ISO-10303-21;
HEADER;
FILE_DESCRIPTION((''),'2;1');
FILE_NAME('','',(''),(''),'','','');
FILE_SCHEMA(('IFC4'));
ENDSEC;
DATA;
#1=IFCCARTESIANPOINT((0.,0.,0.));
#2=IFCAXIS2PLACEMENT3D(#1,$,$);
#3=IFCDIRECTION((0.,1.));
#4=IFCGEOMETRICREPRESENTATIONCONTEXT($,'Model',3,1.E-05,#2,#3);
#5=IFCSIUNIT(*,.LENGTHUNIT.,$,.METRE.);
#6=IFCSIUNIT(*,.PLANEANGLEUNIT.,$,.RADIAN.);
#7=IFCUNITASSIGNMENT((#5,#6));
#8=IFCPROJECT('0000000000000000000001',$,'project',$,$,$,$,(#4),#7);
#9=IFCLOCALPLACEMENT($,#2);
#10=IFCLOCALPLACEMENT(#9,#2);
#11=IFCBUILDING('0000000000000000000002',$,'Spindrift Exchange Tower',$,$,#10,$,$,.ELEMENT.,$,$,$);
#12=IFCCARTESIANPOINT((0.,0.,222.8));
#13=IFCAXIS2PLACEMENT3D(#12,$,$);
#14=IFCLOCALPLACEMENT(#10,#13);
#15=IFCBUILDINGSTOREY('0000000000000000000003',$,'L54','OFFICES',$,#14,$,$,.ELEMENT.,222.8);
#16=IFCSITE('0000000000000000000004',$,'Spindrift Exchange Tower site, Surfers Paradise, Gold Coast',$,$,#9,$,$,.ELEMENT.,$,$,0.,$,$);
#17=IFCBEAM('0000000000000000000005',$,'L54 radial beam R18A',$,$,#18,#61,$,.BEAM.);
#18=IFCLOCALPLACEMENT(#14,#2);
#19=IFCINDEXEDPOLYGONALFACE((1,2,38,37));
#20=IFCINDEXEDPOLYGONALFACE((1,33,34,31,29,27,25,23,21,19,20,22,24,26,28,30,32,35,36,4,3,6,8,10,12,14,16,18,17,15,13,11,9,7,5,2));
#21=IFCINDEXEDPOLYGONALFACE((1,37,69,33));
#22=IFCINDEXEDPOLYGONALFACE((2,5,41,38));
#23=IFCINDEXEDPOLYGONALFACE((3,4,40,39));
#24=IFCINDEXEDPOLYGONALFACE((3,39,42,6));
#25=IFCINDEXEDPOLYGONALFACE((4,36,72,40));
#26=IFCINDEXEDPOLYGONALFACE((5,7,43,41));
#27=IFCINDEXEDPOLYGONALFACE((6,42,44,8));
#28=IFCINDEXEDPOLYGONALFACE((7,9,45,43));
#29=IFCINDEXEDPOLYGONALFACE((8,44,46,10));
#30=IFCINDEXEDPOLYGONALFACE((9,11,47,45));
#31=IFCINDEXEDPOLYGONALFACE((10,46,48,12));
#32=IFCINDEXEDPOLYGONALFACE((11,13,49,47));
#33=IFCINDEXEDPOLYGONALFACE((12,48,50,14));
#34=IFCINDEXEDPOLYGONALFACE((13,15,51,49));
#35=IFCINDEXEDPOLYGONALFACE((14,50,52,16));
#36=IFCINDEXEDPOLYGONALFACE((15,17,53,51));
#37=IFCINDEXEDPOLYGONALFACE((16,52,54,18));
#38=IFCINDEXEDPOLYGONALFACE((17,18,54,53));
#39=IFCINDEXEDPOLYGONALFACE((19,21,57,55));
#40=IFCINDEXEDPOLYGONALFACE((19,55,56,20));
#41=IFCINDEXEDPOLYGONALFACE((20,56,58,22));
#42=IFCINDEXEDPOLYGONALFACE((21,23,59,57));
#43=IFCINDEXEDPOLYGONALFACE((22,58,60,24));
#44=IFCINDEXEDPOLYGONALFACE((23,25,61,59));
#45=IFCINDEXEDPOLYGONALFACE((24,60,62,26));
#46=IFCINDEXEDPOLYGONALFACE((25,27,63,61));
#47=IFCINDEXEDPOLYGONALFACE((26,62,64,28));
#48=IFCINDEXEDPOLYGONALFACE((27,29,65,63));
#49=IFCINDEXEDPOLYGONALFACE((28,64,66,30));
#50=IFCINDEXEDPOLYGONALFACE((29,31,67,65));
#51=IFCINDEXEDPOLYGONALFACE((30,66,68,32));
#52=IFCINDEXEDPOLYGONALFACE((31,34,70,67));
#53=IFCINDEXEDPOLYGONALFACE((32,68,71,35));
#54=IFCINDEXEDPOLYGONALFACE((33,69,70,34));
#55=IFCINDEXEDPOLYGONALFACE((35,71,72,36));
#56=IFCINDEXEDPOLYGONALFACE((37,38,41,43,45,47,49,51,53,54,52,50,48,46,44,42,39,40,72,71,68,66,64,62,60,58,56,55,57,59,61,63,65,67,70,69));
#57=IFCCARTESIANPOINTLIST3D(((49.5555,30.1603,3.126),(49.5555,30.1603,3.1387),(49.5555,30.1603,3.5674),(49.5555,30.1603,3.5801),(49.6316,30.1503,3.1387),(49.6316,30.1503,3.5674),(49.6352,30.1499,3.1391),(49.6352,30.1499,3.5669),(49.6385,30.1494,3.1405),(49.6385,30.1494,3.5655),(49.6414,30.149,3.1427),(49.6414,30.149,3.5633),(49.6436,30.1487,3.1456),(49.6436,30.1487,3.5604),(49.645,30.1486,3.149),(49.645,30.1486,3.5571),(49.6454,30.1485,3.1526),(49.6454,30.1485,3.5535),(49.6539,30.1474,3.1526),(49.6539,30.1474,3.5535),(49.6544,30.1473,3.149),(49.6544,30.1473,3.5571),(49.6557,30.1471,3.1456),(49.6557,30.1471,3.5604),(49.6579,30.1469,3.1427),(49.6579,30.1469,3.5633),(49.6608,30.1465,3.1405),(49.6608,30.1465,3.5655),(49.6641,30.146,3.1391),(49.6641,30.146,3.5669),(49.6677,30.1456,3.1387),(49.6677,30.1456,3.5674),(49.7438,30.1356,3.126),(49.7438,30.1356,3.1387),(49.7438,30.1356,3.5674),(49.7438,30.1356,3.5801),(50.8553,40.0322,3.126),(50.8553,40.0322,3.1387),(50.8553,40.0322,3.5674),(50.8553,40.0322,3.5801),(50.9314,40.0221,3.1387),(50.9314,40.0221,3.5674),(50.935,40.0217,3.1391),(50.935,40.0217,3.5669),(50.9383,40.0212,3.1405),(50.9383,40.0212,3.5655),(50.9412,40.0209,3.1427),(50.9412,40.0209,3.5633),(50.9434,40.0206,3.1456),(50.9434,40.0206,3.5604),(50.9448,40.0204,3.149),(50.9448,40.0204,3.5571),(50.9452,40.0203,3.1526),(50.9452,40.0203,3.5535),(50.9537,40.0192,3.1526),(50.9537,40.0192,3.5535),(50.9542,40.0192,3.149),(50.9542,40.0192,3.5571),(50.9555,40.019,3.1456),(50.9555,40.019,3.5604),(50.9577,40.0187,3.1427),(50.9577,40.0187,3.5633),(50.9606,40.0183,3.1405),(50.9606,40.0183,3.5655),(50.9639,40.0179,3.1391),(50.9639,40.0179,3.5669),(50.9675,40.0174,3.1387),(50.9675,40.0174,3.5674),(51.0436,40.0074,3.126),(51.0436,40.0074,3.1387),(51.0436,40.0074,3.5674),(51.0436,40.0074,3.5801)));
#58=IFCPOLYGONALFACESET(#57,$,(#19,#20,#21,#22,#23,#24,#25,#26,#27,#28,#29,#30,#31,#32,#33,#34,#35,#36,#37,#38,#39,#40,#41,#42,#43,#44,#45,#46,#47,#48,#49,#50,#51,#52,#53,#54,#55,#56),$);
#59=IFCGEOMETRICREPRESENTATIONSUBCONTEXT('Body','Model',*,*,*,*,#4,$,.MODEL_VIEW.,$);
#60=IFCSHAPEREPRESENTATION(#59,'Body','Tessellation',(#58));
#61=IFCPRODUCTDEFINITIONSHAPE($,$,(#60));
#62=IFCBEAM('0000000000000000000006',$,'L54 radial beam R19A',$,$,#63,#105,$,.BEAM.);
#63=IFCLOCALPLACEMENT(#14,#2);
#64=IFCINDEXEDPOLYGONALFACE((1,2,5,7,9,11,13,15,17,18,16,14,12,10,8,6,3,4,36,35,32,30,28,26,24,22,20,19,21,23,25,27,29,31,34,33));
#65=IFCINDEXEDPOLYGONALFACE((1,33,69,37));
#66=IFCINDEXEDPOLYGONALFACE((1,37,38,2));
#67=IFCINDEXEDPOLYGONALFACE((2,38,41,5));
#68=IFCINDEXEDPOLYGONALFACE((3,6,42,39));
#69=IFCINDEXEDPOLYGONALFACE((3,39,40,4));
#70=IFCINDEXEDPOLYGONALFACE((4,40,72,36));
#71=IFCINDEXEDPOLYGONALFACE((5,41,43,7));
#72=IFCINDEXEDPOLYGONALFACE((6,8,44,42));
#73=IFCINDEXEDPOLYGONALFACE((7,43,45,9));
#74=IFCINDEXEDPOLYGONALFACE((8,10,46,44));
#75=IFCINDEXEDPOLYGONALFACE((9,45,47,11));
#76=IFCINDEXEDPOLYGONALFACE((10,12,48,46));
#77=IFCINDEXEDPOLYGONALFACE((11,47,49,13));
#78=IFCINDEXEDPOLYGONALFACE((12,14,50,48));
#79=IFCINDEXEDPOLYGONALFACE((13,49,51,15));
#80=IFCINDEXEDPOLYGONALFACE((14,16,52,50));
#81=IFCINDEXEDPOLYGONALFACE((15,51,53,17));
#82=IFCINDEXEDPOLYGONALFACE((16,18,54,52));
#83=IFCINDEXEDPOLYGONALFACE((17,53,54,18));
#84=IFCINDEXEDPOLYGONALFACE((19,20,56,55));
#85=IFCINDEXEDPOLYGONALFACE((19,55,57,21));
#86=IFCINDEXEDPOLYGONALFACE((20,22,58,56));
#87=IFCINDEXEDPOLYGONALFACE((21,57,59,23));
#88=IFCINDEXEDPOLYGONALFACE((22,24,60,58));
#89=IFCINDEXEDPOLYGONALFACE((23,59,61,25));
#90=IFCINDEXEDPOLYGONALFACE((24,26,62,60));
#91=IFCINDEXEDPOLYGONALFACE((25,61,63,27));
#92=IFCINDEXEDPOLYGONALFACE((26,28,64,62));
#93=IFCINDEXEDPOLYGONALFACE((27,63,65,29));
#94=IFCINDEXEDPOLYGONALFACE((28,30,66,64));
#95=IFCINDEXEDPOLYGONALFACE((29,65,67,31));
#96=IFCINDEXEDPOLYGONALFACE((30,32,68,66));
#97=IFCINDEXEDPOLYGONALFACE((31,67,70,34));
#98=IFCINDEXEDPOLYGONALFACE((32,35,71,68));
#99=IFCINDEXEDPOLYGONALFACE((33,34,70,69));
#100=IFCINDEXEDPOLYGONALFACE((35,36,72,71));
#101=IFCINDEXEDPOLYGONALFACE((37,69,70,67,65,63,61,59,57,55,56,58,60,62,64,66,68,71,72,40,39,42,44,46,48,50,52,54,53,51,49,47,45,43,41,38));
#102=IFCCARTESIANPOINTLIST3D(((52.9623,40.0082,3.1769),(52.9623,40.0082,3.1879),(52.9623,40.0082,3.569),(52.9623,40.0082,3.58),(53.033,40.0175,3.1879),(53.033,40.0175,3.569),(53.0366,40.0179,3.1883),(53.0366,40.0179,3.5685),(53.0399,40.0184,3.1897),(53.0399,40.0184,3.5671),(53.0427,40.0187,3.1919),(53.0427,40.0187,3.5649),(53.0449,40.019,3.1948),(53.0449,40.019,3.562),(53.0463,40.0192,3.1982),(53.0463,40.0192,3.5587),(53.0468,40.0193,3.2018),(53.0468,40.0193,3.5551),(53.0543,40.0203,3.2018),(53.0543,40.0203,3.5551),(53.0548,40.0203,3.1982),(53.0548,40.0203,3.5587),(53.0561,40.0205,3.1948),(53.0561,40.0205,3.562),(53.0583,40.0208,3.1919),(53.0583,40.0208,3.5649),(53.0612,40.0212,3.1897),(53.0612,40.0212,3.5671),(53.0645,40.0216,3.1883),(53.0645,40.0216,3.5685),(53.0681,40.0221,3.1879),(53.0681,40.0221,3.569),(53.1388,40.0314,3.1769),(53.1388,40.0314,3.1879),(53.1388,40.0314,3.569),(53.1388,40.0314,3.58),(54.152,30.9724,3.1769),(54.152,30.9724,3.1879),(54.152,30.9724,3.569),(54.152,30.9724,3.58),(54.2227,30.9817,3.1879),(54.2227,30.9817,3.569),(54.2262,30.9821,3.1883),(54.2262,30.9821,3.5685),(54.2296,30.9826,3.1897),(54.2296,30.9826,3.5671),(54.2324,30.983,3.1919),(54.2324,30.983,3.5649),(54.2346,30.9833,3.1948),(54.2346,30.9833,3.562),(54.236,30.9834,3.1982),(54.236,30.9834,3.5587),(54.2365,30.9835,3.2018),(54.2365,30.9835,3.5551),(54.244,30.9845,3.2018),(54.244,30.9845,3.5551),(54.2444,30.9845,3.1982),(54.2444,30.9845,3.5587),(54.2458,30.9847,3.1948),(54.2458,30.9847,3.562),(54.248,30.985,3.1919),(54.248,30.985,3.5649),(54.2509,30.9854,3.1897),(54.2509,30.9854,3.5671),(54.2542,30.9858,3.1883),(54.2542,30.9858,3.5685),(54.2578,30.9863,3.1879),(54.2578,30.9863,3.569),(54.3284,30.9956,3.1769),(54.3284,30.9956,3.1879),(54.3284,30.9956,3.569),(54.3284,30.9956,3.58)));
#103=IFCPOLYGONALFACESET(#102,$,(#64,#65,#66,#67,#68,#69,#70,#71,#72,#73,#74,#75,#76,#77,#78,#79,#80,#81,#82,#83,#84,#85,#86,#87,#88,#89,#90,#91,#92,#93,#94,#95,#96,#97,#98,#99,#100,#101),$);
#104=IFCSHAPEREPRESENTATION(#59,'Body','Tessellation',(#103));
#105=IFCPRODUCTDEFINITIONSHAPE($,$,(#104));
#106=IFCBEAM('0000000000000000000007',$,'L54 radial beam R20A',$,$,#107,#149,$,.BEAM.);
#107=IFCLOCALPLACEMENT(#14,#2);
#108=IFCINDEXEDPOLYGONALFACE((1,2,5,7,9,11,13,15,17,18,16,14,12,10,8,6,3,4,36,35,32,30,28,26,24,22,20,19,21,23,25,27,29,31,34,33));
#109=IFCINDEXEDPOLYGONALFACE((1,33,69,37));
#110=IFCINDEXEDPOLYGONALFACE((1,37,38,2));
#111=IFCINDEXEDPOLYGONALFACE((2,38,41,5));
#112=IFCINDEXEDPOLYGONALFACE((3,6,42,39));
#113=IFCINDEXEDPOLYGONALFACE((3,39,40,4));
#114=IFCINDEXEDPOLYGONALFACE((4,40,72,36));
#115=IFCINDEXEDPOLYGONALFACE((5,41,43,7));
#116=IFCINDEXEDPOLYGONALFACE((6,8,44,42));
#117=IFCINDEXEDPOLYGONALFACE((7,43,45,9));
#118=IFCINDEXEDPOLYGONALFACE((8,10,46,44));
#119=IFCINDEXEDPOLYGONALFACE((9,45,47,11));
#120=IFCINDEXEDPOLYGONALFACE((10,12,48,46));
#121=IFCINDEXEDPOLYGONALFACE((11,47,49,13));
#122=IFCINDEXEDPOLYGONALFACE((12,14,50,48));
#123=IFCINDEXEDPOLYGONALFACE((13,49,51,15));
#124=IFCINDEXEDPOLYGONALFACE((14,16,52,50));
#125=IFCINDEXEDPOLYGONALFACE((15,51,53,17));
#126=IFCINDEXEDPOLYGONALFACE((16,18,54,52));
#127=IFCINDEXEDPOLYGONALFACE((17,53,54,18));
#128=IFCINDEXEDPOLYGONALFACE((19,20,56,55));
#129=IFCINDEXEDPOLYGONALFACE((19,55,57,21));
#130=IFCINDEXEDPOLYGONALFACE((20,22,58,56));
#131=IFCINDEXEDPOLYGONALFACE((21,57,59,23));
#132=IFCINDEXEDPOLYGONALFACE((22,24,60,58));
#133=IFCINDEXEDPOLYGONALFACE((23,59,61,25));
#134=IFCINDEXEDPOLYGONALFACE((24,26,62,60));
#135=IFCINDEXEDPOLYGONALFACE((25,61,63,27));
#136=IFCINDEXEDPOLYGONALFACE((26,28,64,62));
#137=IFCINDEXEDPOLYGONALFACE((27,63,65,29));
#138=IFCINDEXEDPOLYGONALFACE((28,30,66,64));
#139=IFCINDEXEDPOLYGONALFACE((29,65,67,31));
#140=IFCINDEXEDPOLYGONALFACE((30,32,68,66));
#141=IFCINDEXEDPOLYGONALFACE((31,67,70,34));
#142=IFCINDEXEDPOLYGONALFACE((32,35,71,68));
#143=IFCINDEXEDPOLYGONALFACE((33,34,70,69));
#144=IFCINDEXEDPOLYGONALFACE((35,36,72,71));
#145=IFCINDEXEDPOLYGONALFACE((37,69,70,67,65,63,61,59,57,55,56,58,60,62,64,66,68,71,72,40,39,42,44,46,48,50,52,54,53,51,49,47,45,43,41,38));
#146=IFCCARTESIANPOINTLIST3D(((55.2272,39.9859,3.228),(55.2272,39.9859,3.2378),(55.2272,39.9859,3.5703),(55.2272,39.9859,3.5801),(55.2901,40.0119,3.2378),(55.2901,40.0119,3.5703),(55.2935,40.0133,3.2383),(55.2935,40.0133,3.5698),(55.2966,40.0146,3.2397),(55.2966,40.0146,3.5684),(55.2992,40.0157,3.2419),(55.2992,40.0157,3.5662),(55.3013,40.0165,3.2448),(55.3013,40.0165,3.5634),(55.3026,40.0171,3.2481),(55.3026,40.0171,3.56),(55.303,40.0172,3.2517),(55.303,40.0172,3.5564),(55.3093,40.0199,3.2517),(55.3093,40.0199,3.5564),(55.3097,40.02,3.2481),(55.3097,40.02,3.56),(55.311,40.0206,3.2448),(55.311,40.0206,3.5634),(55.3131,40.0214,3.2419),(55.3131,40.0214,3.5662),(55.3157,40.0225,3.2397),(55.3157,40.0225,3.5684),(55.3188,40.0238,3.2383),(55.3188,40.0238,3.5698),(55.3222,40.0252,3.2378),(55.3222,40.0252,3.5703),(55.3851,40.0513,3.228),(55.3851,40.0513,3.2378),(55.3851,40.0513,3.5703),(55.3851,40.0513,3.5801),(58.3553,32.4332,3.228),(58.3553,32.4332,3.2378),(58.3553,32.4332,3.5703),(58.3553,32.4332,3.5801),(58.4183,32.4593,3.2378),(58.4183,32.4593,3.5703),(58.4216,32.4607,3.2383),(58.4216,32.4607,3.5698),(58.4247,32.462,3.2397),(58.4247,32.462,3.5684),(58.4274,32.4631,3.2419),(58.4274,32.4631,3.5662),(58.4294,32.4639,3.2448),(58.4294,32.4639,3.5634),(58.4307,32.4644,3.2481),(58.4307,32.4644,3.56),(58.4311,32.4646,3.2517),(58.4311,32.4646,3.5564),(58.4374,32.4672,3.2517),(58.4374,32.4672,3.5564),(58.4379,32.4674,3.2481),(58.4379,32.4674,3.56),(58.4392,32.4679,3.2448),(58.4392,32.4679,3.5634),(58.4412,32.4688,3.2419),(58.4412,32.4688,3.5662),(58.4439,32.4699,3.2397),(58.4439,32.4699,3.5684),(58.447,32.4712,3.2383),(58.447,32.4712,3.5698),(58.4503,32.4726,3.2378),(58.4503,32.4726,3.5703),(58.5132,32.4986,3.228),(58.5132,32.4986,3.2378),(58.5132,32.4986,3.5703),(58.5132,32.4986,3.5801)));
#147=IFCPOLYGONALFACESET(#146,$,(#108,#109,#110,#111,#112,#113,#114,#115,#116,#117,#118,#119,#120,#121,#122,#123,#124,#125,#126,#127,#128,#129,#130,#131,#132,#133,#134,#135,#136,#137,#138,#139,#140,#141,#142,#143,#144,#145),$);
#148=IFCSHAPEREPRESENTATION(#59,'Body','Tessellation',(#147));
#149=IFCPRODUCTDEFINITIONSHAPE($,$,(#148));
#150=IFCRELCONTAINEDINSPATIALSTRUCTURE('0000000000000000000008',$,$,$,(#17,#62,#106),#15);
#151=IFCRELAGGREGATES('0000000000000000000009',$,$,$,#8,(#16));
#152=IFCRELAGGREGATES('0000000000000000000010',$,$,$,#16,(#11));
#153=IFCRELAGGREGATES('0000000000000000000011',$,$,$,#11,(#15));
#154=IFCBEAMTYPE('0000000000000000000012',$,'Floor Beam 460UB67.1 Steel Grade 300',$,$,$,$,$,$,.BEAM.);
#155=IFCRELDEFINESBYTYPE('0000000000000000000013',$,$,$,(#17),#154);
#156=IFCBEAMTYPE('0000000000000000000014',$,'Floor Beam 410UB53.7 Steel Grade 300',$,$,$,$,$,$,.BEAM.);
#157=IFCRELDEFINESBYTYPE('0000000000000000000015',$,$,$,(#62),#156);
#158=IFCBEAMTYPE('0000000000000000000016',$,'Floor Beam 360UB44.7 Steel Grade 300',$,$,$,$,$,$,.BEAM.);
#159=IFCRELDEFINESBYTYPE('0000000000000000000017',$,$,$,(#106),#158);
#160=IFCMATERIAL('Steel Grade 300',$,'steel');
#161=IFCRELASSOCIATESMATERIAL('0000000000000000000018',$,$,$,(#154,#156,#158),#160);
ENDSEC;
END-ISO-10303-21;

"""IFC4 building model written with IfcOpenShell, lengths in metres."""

from ifc_helpers import new_model, si_unit, direction, frame, origin, origin_2d, place, context, subcontext, project, spatial, i_section, extrude, source, transform, mapped, material, material_profile, profile_set, type_object, element, save


model = new_model("IFC4")

# Units and contexts
model_context = context("Model", 3, precision=1e-05, world=origin(), true_north=direction((0.0, 1.0)))
body_context = subcontext(model_context, "Body", "Model", "MODEL_VIEW")
ifc_project = project(units=[si_unit("LENGTHUNIT", "METRE"), si_unit("PLANEANGLEUNIT", "RADIAN")], contexts=[model_context])

# Site, building, storey
site_placement = place(None, origin())
site = spatial("IfcSite", under=ifc_project, at=site_placement, Name="Spindrift Exchange Tower site, Surfers Paradise, Gold Coast", CompositionType="ELEMENT", RefElevation=0.0)
building_placement = place(site_placement, origin())
building = spatial("IfcBuilding", under=site, at=building_placement, Name="Spindrift Exchange Tower", CompositionType="ELEMENT")
storey_placement = place(building_placement, frame((0.0, 0.0, 222.8)))
storey = spatial("IfcBuildingStorey", under=building, at=storey_placement, Name="L54", Description="OFFICES", CompositionType="ELEMENT", Elevation=222.8)

# Beams
ifc_material_1 = material(Name="Steel Grade 300", Category="steel")
ifc_material_profile_1 = material_profile(ifc_material_1, i_section(OverallWidth=0.1899, OverallDepth=0.4541, WebThickness=0.0085, FlangeThickness=0.0127, FilletRadius=0.0139, at=origin_2d()), Name="460UB67.1")
ifc_profile_set_1 = profile_set([ifc_material_profile_1], Name="Steel Grade 300")
beam_type_1 = type_object("IfcBeamType", Name="Floor Beam 460UB67.1 Steel Grade 300", PredefinedType="BEAM", material=ifc_profile_set_1)
shared_shape_1 = source(origin(), body_context, "Body", "SweptSolid", [
    extrude(i_section(OverallWidth=0.1899, OverallDepth=0.4541, WebThickness=0.0085, FlangeThickness=0.0127, FilletRadius=0.0139, at=origin_2d()), origin(), (0.0, 0.0, 1.0), 9.957),
])
beam_1_placement = place(storey_placement, frame((50.9495, 40.0198, 3.353), z_axis=(-0.130541, -0.991443, 0.0), x_axis=(0.991443, -0.130541, 0.0)))
element("IfcBeam", 1, at=beam_1_placement, inside=storey, type_object=beam_type_1, Name="L54 radial beam R18A", PredefinedType="BEAM", context=body_context, shape_type="MappedRepresentation", body=[
    mapped(shared_shape_1, transform((0.0, 0.0, 0.0), scale=1.0)),
])
ifc_material_profile_2 = material_profile(ifc_material_1, i_section(OverallWidth=0.178, OverallDepth=0.4031, WebThickness=0.0076, FlangeThickness=0.011, FilletRadius=0.0139, at=origin_2d()), Name="410UB53.7")
ifc_profile_set_2 = profile_set([ifc_material_profile_2], Name="Steel Grade 300")
beam_type_2 = type_object("IfcBeamType", Name="Floor Beam 410UB53.7 Steel Grade 300", PredefinedType="BEAM", material=ifc_profile_set_2)
shared_shape_2 = source(origin(), body_context, "Body", "SweptSolid", [
    extrude(i_section(OverallWidth=0.178, OverallDepth=0.4031, WebThickness=0.0076, FlangeThickness=0.011, FilletRadius=0.0139, at=origin_2d()), origin(), (0.0, 0.0, 1.0), 9.1138),
])
beam_2_placement = place(storey_placement, frame((53.0505, 40.0198, 3.3784), z_axis=(0.130537, -0.991443, 0.0), x_axis=(0.991443, 0.130537, 0.0)))
element("IfcBeam", 2, at=beam_2_placement, inside=storey, type_object=beam_type_2, Name="L54 radial beam R19A", PredefinedType="BEAM", context=body_context, shape_type="MappedRepresentation", body=[
    mapped(shared_shape_2, transform((0.0, 0.0, 0.0), scale=1.0)),
])
ifc_material_profile_3 = material_profile(ifc_material_1, i_section(OverallWidth=0.1709, OverallDepth=0.3521, WebThickness=0.0068, FlangeThickness=0.0098, FilletRadius=0.0139, at=origin_2d()), Name="360UB44.7")
ifc_profile_set_3 = profile_set([ifc_material_profile_3], Name="Steel Grade 300")
beam_type_3 = type_object("IfcBeamType", Name="Floor Beam 360UB44.7 Steel Grade 300", PredefinedType="BEAM", material=ifc_profile_set_3)
shared_shape_3 = source(origin(), body_context, "Body", "SweptSolid", [
    extrude(i_section(OverallWidth=0.1709, OverallDepth=0.3521, WebThickness=0.0068, FlangeThickness=0.0098, FilletRadius=0.0139, at=origin_2d()), origin(), (0.0, 0.0, 1.0), 8.1748),
])
beam_3_placement = place(storey_placement, frame((55.3062, 40.0186, 3.4041), z_axis=(0.382655, -0.923891, 0.0), x_axis=(0.923891, 0.382655, 0.0)))
element("IfcBeam", 3, at=beam_3_placement, inside=storey, type_object=beam_type_3, Name="L54 radial beam R20A", PredefinedType="BEAM", context=body_context, shape_type="MappedRepresentation", body=[
    mapped(shared_shape_3, transform((0.0, 0.0, 0.0), scale=1.0)),
])

save(model, "model.ifc")
